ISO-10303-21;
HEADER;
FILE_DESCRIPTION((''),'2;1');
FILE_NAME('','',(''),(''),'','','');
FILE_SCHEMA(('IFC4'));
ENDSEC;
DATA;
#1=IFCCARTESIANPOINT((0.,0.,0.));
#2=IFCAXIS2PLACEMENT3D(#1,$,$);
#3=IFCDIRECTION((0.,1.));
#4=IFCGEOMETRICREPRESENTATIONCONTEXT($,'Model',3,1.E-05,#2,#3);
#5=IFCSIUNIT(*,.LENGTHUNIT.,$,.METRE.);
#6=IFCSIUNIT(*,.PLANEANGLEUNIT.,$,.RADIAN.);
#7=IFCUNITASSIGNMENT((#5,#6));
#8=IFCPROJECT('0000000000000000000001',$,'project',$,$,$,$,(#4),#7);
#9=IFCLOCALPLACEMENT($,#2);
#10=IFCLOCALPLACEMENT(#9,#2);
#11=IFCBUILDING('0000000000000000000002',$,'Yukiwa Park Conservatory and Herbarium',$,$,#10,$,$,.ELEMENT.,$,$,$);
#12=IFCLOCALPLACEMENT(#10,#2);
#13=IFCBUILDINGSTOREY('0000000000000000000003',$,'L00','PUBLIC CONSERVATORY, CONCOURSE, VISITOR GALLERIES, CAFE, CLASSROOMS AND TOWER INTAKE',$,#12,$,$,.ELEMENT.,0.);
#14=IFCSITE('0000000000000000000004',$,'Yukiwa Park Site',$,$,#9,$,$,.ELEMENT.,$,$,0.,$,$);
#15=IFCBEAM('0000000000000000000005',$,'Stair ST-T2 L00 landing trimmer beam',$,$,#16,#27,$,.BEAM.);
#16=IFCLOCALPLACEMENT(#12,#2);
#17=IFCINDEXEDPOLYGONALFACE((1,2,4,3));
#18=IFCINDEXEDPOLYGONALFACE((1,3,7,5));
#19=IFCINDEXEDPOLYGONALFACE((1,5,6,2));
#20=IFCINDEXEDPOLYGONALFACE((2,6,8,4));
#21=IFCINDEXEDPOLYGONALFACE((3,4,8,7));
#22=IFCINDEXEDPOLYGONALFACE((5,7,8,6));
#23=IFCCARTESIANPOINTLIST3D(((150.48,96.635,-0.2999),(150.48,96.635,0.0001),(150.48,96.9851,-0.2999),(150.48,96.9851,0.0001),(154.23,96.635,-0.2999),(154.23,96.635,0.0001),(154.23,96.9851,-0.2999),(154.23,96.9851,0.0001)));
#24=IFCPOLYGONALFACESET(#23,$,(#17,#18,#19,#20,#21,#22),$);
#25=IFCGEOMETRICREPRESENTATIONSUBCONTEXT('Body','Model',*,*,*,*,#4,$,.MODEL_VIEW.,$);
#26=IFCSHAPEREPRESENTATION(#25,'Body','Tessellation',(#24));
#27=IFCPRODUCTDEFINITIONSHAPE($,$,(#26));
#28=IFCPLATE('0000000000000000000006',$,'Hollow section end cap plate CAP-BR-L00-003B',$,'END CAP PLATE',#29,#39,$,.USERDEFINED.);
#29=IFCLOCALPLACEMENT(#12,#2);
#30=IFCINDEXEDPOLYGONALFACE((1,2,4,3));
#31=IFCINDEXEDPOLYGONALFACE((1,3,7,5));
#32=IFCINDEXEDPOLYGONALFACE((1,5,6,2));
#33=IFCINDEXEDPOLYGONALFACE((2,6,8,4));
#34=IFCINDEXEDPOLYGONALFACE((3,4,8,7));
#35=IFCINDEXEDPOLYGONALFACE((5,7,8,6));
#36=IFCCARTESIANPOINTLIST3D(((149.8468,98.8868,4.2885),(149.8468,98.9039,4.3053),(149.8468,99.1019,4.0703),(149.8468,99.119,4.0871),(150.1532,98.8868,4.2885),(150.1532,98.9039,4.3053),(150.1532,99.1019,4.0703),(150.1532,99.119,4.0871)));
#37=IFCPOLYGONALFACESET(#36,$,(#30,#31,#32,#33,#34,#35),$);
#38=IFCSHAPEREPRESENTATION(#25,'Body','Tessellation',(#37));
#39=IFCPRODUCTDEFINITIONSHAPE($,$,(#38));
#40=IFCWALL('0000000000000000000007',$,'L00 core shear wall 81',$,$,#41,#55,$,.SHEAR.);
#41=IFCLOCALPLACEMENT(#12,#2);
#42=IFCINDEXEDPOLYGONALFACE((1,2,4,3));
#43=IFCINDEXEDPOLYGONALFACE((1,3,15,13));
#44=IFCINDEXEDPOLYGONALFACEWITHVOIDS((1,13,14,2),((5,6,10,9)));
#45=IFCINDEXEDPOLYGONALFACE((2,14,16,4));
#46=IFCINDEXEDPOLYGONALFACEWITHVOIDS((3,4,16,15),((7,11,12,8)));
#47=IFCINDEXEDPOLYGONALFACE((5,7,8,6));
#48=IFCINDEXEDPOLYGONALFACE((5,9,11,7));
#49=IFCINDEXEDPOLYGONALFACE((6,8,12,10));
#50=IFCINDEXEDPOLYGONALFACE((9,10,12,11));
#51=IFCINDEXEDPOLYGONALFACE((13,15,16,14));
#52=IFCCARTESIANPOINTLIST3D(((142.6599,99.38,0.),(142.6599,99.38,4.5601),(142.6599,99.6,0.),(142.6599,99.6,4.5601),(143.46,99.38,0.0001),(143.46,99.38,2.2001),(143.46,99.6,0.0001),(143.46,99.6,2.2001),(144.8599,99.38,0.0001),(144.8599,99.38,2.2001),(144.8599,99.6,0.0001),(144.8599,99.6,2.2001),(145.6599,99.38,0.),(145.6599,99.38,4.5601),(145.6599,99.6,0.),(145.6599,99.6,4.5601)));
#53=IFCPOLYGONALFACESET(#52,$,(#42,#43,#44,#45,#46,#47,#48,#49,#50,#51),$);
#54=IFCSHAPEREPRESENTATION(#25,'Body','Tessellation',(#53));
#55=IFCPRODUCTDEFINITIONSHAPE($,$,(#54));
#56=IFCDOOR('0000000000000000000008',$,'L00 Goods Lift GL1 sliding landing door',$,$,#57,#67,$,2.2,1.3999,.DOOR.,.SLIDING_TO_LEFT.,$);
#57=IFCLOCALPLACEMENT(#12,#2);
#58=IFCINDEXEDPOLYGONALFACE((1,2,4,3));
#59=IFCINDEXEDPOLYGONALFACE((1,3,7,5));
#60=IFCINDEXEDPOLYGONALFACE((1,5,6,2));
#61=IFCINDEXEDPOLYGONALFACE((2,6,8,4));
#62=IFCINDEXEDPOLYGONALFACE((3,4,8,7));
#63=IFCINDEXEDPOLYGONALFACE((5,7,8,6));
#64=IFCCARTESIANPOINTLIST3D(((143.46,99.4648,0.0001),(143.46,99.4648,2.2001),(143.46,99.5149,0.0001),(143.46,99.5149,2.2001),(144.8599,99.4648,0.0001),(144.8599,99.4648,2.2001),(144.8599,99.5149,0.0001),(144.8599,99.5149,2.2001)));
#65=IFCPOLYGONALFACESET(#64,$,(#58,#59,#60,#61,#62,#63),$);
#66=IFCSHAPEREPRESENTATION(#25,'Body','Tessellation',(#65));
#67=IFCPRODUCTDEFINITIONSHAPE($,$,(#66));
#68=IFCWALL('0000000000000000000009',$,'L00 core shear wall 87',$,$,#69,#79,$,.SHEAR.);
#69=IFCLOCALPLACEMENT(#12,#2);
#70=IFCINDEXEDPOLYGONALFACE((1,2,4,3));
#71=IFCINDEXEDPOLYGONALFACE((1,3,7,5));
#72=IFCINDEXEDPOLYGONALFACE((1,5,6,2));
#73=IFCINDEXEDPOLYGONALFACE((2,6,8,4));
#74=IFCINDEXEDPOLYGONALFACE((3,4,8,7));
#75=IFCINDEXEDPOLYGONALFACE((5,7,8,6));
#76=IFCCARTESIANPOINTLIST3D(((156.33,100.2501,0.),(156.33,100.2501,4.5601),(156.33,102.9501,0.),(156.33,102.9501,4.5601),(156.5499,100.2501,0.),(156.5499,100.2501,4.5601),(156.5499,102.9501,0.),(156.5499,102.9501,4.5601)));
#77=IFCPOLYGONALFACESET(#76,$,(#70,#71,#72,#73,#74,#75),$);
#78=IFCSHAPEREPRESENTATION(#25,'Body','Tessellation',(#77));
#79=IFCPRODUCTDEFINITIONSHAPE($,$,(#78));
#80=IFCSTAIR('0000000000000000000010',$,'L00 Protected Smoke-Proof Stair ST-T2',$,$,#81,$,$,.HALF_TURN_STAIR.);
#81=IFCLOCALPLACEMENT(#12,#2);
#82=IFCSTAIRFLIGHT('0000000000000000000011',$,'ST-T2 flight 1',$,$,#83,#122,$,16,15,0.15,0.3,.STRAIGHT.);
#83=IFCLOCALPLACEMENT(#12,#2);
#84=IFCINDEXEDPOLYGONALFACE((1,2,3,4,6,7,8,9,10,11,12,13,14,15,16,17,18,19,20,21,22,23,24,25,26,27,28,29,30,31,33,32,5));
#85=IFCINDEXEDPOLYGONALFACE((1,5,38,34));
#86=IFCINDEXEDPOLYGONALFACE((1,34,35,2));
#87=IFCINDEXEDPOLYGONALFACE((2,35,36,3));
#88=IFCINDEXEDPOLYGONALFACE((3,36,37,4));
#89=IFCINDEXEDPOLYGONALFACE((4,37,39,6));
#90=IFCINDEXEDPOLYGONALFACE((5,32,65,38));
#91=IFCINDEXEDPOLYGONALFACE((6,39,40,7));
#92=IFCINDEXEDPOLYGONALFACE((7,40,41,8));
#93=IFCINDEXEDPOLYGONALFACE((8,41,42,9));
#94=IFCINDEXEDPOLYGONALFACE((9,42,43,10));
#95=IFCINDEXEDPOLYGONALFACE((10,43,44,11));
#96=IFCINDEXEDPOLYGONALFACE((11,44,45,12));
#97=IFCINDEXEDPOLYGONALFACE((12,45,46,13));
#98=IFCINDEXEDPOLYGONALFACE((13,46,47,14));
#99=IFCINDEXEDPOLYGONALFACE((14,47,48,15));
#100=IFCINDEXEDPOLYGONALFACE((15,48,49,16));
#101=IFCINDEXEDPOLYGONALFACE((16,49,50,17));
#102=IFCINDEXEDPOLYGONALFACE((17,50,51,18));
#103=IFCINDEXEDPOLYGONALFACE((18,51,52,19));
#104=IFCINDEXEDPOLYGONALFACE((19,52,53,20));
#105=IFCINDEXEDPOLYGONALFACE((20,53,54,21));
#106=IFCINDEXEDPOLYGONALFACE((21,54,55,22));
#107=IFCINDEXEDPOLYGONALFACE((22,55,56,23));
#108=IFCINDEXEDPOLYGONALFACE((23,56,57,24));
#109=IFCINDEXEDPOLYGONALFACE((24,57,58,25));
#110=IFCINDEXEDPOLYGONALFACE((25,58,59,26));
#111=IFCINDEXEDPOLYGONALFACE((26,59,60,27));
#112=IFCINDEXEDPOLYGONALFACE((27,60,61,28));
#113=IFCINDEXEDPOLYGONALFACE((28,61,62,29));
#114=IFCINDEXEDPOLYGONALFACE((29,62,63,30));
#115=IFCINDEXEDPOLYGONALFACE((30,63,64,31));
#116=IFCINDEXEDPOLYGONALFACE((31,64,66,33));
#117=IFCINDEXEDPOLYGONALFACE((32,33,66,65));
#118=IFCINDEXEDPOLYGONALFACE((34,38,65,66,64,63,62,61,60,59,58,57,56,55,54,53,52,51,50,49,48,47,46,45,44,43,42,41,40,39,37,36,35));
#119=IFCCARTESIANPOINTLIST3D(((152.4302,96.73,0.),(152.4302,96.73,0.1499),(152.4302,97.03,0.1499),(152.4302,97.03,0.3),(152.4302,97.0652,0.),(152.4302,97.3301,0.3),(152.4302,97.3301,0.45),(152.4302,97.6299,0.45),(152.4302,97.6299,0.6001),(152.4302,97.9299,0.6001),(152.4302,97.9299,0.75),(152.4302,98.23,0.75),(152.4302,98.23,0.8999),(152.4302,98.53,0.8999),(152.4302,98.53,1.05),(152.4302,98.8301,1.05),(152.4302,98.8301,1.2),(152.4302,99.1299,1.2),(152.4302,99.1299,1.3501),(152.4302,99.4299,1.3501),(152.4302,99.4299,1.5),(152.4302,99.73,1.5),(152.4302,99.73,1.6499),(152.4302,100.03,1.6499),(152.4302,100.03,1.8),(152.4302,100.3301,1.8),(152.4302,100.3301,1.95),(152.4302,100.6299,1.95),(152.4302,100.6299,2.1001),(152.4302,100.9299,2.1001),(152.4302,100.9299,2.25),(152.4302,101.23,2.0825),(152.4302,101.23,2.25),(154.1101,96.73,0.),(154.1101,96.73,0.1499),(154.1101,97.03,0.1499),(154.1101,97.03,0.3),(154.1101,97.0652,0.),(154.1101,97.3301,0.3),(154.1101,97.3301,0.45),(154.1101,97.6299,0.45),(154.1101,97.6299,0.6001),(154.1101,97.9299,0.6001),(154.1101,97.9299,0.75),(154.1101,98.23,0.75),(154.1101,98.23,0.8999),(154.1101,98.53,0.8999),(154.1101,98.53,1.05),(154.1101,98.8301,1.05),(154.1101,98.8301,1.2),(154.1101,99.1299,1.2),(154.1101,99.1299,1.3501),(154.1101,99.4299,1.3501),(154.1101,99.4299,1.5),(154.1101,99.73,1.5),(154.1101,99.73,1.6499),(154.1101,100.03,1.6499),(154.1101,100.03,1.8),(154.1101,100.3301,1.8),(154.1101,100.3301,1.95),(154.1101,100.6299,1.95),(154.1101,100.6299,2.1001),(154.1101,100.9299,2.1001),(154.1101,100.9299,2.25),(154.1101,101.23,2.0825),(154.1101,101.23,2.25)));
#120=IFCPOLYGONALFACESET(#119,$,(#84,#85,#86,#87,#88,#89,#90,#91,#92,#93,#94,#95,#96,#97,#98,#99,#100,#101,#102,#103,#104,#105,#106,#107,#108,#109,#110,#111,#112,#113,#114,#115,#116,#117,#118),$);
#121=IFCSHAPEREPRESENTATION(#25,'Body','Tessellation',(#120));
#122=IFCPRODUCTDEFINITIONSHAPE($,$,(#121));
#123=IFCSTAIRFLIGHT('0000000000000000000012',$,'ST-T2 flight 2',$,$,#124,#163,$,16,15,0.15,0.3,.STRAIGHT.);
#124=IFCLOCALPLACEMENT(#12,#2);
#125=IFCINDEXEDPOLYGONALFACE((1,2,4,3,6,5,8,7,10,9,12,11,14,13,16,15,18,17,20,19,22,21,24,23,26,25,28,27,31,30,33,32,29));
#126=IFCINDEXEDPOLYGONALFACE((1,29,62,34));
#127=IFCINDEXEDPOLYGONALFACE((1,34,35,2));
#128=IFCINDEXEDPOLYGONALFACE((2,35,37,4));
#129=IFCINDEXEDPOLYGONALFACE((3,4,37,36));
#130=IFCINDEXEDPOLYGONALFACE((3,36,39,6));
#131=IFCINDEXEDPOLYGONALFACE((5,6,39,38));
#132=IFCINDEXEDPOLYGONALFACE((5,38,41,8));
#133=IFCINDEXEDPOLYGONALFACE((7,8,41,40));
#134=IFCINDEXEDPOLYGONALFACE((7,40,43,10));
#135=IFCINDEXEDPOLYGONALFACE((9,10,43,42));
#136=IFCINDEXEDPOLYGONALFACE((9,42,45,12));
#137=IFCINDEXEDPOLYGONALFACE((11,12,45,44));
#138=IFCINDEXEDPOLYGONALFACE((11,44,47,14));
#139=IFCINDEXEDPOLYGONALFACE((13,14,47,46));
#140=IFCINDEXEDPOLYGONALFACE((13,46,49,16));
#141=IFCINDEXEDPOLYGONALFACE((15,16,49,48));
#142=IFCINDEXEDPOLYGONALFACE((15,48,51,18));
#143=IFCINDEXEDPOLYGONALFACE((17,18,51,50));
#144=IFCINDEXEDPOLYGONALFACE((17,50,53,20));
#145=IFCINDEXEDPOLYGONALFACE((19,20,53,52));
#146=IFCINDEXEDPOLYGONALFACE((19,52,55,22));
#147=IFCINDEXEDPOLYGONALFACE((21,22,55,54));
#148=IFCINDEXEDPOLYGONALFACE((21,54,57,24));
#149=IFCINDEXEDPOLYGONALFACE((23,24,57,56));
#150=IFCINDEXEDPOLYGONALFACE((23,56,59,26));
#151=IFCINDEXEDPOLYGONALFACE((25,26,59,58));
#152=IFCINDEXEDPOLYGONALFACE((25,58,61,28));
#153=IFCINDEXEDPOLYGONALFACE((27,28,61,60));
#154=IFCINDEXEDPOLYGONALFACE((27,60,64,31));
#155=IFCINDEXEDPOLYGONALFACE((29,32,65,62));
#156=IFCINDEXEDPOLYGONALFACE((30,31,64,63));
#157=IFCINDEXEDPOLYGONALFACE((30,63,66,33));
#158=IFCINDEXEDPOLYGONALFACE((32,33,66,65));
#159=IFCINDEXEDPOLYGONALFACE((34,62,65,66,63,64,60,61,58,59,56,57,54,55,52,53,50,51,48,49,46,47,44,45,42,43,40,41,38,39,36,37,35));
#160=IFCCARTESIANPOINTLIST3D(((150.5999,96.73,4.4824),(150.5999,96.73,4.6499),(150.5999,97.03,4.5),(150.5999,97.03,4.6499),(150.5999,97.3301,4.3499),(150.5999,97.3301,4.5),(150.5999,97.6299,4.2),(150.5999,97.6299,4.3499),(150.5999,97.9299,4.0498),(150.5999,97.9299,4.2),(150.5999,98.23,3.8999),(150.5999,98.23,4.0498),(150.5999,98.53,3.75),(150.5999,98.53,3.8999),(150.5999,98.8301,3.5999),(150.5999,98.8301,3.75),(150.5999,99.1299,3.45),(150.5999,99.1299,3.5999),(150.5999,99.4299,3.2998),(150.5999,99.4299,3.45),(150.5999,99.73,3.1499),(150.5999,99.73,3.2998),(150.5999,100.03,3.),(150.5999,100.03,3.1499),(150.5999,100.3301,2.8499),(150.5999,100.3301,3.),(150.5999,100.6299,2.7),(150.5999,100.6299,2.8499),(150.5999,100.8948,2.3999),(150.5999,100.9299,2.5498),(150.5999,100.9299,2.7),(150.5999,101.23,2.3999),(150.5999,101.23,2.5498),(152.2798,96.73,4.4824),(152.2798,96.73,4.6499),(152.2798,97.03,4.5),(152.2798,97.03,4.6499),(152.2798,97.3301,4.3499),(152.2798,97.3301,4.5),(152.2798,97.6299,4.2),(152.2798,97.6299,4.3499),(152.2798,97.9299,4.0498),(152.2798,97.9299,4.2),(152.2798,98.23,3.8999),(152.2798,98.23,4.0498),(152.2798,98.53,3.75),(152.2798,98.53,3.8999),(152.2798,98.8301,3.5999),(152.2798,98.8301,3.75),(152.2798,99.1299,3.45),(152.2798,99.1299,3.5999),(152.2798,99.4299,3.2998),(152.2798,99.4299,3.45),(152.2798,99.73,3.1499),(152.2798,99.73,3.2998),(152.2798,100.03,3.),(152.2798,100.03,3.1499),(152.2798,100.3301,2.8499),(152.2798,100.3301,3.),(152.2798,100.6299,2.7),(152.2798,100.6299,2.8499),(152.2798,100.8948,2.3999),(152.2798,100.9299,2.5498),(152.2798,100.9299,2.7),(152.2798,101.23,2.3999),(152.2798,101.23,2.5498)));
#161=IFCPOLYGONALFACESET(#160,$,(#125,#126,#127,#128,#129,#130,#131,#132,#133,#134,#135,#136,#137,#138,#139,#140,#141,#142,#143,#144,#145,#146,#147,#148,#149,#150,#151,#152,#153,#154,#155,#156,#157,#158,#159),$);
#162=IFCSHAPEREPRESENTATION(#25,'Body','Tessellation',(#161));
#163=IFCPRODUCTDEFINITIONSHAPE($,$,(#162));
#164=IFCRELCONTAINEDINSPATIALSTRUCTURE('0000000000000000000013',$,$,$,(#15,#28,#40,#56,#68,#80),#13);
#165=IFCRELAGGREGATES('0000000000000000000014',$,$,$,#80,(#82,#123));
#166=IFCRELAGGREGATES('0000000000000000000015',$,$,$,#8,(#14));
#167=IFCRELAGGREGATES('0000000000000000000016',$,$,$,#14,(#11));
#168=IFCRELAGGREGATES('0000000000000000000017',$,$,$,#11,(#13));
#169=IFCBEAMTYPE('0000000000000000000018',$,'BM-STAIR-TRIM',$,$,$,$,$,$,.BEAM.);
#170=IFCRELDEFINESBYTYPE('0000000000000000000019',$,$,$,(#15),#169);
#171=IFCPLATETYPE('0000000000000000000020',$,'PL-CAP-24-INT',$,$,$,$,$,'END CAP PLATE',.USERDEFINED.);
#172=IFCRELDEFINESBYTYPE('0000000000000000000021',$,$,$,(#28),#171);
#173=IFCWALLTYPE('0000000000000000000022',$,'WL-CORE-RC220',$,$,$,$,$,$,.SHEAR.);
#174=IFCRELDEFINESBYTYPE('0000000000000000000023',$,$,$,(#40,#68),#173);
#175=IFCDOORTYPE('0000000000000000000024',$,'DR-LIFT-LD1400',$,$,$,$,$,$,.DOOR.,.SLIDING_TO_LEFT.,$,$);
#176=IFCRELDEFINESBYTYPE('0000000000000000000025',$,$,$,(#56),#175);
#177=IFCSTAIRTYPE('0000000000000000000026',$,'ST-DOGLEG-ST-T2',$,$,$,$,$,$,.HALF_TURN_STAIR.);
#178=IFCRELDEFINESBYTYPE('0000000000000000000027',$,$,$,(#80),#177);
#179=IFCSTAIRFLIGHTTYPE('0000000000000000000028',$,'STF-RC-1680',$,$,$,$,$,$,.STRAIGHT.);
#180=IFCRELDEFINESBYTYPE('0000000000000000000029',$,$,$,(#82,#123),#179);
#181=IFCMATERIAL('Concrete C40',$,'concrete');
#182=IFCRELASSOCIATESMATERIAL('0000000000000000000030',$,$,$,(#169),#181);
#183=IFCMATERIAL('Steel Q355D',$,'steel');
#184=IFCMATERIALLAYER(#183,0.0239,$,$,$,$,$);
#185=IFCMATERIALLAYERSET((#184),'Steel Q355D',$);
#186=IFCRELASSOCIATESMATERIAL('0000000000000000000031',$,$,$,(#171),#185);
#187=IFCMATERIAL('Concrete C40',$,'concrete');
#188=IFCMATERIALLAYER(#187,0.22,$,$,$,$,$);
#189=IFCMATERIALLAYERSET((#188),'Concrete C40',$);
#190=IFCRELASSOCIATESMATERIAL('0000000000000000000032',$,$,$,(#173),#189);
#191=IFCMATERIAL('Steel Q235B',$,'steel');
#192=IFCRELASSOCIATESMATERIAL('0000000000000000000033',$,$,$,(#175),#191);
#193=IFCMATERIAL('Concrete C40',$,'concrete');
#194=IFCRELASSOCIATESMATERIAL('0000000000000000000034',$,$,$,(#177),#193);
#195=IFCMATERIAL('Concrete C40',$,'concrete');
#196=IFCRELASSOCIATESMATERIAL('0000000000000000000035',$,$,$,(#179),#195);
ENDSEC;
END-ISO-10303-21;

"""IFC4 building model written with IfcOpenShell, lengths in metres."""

from ifc_helpers import new_model, si_unit, direction, frame, frame_2d, origin, origin_2d, place, context, subcontext, project, spatial, polyline, rectangle, outline, extrude, material, layer, layer_set, material_profile, profile_set, type_object, element, fill, aggregate, save


model = new_model("IFC4")

# Units and contexts
model_context = context("Model", 3, precision=1e-05, world=origin(), true_north=direction((0.0, 1.0)))
body_context = subcontext(model_context, "Body", "Model", "MODEL_VIEW")
ifc_project = project(units=[si_unit("LENGTHUNIT", "METRE"), si_unit("PLANEANGLEUNIT", "RADIAN")], contexts=[model_context])

# Site, building, storey
site_placement = place(None, origin())
site = spatial("IfcSite", under=ifc_project, at=site_placement, Name="Yukiwa Park Site", CompositionType="ELEMENT", RefElevation=0.0)
building_placement = place(site_placement, origin())
building = spatial("IfcBuilding", under=site, at=building_placement, Name="Yukiwa Park Conservatory and Herbarium", CompositionType="ELEMENT")
storey_placement = place(building_placement, origin())
storey = spatial("IfcBuildingStorey", under=building, at=storey_placement, Name="L00", Description="PUBLIC CONSERVATORY, CONCOURSE, VISITOR GALLERIES, CAFE, CLASSROOMS AND TOWER INTAKE", CompositionType="ELEMENT", Elevation=0.0)

# Beam
ifc_material_1 = material(Name="Concrete C40", Category="concrete")
ifc_material_profile = material_profile(ifc_material_1, rectangle(XDim=0.3501, YDim=0.3, at=origin_2d()), Name="RC 350x300")
ifc_profile_set = profile_set([ifc_material_profile], Name="Concrete C40")
beam_type = type_object("IfcBeamType", Name="BM-STAIR-TRIM", PredefinedType="BEAM", material=ifc_profile_set)
beam_placement = place(storey_placement, frame((150.48, 96.8101, -0.1499), z_axis=(1.0, 0.0, 0.0), x_axis=(0.0, 1.0, 0.0)))
element("IfcBeam", 1, at=beam_placement, inside=storey, type_object=beam_type, Name="Stair ST-T2 L00 landing trimmer beam", PredefinedType="BEAM", context=body_context, shape_type="SweptSolid", body=[
    extrude(rectangle(XDim=0.3501, YDim=0.3, at=origin_2d()), origin(), (0.0, 0.0, 1.0), 3.75),
])

# Plate
ifc_material_2 = material(Name="Steel Q355D", Category="steel")
ifc_layer_1 = layer(ifc_material_2, 0.0239)
ifc_layer_set_1 = layer_set([ifc_layer_1], Name="Steel Q355D")
plate_type = type_object("IfcPlateType", Name="PL-CAP-24-INT", ElementType="END CAP PLATE", PredefinedType="USERDEFINED", material=ifc_layer_set_1)
plate_placement = place(storey_placement, frame((150.0, 98.9944, 4.1794), z_axis=(0.0, 0.712175, 0.702002), x_axis=(-1.0, 0.0, 0.0)))
element("IfcPlate", 2, at=plate_placement, inside=storey, type_object=plate_type, Name="Hollow section end cap plate CAP-BR-L00-003B", ObjectType="END CAP PLATE", PredefinedType="USERDEFINED", context=body_context, shape_type="SweptSolid", body=[
    extrude(rectangle(XDim=0.3064, YDim=0.3064, at=origin_2d()), origin(), (0.0, 0.0, 1.0), 0.0239),
])

# Wall, opening, door
ifc_material_3 = material(Name="Concrete C40", Category="concrete")
ifc_layer_2 = layer(ifc_material_3, 0.22)
ifc_layer_set_2 = layer_set([ifc_layer_2], Name="Concrete C40")
wall_type = type_object("IfcWallType", Name="WL-CORE-RC220", PredefinedType="SHEAR", material=ifc_layer_set_2)
wall_1_placement = place(storey_placement, frame((142.6599, 99.49, 0.0), z_axis=(0.0, 0.0, 1.0), x_axis=(1.0, 0.0, 0.0)))
wall_1 = element("IfcWall", 3, at=wall_1_placement, inside=storey, type_object=wall_type, Name="L00 core shear wall 81", PredefinedType="SHEAR", context=body_context, shape_type="SweptSolid", body=[
    extrude(rectangle(XDim=3.0, YDim=0.22, at=frame_2d((1.5, 0.0))), origin(), (0.0, 0.0, 1.0), 4.5601),
])
opening_1_placement = place(wall_1_placement, frame((0.8, 0.0, 0.0)))
opening_1 = element("IfcOpeningElement", 4, at=opening_1_placement, cuts=wall_1, PredefinedType="OPENING", context=body_context, shape_type="SweptSolid", body=[
    extrude(rectangle(XDim=1.3999, YDim=2.2, at=frame_2d((0.7, 1.1001))), frame((0.0, 0.1201, 0.0), z_axis=(0.0, -1.0, 0.0), x_axis=(1.0, 0.0, 0.0)), (0.0, 0.0, 1.0), 0.24),
])
ifc_material_4 = material(Name="Steel Q235B", Category="steel")
door_type_1 = type_object("IfcDoorType", Name="DR-LIFT-LD1400", OperationType="SLIDING_TO_LEFT", PredefinedType="DOOR", material=ifc_material_4)
door_1_placement = place(opening_1_placement, origin())
door_1 = element("IfcDoor", 5, at=door_1_placement, inside=storey, type_object=door_type_1, Name="L00 Goods Lift GL1 sliding landing door", OperationType="SLIDING_TO_LEFT", OverallHeight=2.2, OverallWidth=1.3999, PredefinedType="DOOR", context=body_context, shape_type="SweptSolid", body=[
    extrude(rectangle(XDim=1.3999, YDim=2.2, at=frame_2d((0.7, 1.1001))), frame((0.0, 0.0249, 0.0), z_axis=(0.0, -1.0, 0.0), x_axis=(1.0, 0.0, 0.0)), (0.0, 0.0, 1.0), 0.05),
])
fill(opening_1, door_1)

# Wall
wall_2_placement = place(storey_placement, frame((156.4399, 100.25, 0.0), z_axis=(0.0, 0.0, 1.0), x_axis=(0.0, 1.0, 0.0)))
element("IfcWall", 6, at=wall_2_placement, inside=storey, type_object=wall_type, Name="L00 core shear wall 87", PredefinedType="SHEAR", context=body_context, shape_type="SweptSolid", body=[
    extrude(rectangle(XDim=2.7, YDim=0.22, at=frame_2d((1.3501, 0.0))), origin(), (0.0, 0.0, 1.0), 4.5601),
])

# Stair, stair flights
ifc_material_5 = material(Name="Concrete C40", Category="concrete")
stair_type = type_object("IfcStairType", Name="ST-DOGLEG-ST-T2", PredefinedType="HALF_TURN_STAIR", material=ifc_material_5)
stair_placement = place(storey_placement, origin())
stair = element("IfcStair", 7, at=stair_placement, inside=storey, type_object=stair_type, Name="L00 Protected Smoke-Proof Stair ST-T2", PredefinedType="HALF_TURN_STAIR")
ifc_material_6 = material(Name="Concrete C40", Category="concrete")
stair_flight_type = type_object("IfcStairFlightType", Name="STF-RC-1680", PredefinedType="STRAIGHT", material=ifc_material_6)
stair_flight_1_placement = place(storey_placement, frame((153.27, 96.73, 0.0), z_axis=(0.0, 0.0, 1.0), x_axis=(0.0, 1.0, 0.0)))
stair_flight_1 = element("IfcStairFlight", 8, at=stair_flight_1_placement, type_object=stair_flight_type, Name="ST-T2 flight 1", NumberOfRisers=16, NumberOfTreads=15, PredefinedType="STRAIGHT", RiserHeight=0.15, TreadLength=0.3, context=body_context, shape_type="SweptSolid", body=[
    extrude(outline(polyline([(0.0, 0.0), (0.0, 0.1499), (0.3, 0.1499), (0.3, 0.3), (0.6001, 0.3), (0.6001, 0.45), (0.8999, 0.45), (0.8999, 0.6001), (1.2, 0.6001), (1.2, 0.75), (1.5, 0.75), (1.5, 0.8999), (1.8, 0.8999), (1.8, 1.05), (2.1001, 1.05), (2.1001, 1.2), (2.3999, 1.2), (2.3999, 1.3501), (2.7, 1.3501), (2.7, 1.5), (3.0, 1.5), (3.0, 1.6499), (3.3, 1.6499), (3.3, 1.8), (3.6001, 1.8), (3.6001, 1.95), (3.8999, 1.95), (3.8999, 2.1001), (4.2, 2.1001), (4.2, 2.25), (4.5, 2.25), (4.5, 2.3999), (4.5, 2.0825), (0.3352, 0.0), (0.0, 0.0)])), frame((0.0, 0.8398, 0.0), z_axis=(0.0, -1.0, 0.0), x_axis=(1.0, 0.0, 0.0)), (0.0, 0.0, 1.0), 1.6799),
])
stair_flight_2_placement = place(storey_placement, frame((151.4399, 101.23, 2.3999), z_axis=(0.0, 0.0, 1.0), x_axis=(0.0, -1.0, 0.0)))
stair_flight_2 = element("IfcStairFlight", 9, at=stair_flight_2_placement, type_object=stair_flight_type, Name="ST-T2 flight 2", NumberOfRisers=16, NumberOfTreads=15, PredefinedType="STRAIGHT", RiserHeight=0.15, TreadLength=0.3, context=body_context, shape_type="SweptSolid", body=[
    extrude(outline(polyline([(0.0, 0.0), (0.0, 0.1499), (0.3, 0.1499), (0.3, 0.3), (0.6001, 0.3), (0.6001, 0.45), (0.8999, 0.45), (0.8999, 0.6001), (1.2, 0.6001), (1.2, 0.75), (1.5, 0.75), (1.5, 0.8999), (1.8, 0.8999), (1.8, 1.05), (2.1001, 1.05), (2.1001, 1.2), (2.3999, 1.2), (2.3999, 1.3501), (2.7, 1.3501), (2.7, 1.5), (3.0, 1.5), (3.0, 1.6499), (3.3, 1.6499), (3.3, 1.8), (3.6001, 1.8), (3.6001, 1.95), (3.8999, 1.95), (3.8999, 2.1001), (4.2, 2.1001), (4.2, 2.25), (4.5, 2.25), (4.5, 2.3999), (4.5, 2.0825), (0.3352, 0.0), (0.0, 0.0)])), frame((0.0, 0.8398, 0.0), z_axis=(0.0, -1.0, 0.0), x_axis=(1.0, 0.0, 0.0)), (0.0, 0.0, 1.0), 1.6799),
])
aggregate(stair, [stair_flight_1, stair_flight_2])

save(model, "model.ifc")
